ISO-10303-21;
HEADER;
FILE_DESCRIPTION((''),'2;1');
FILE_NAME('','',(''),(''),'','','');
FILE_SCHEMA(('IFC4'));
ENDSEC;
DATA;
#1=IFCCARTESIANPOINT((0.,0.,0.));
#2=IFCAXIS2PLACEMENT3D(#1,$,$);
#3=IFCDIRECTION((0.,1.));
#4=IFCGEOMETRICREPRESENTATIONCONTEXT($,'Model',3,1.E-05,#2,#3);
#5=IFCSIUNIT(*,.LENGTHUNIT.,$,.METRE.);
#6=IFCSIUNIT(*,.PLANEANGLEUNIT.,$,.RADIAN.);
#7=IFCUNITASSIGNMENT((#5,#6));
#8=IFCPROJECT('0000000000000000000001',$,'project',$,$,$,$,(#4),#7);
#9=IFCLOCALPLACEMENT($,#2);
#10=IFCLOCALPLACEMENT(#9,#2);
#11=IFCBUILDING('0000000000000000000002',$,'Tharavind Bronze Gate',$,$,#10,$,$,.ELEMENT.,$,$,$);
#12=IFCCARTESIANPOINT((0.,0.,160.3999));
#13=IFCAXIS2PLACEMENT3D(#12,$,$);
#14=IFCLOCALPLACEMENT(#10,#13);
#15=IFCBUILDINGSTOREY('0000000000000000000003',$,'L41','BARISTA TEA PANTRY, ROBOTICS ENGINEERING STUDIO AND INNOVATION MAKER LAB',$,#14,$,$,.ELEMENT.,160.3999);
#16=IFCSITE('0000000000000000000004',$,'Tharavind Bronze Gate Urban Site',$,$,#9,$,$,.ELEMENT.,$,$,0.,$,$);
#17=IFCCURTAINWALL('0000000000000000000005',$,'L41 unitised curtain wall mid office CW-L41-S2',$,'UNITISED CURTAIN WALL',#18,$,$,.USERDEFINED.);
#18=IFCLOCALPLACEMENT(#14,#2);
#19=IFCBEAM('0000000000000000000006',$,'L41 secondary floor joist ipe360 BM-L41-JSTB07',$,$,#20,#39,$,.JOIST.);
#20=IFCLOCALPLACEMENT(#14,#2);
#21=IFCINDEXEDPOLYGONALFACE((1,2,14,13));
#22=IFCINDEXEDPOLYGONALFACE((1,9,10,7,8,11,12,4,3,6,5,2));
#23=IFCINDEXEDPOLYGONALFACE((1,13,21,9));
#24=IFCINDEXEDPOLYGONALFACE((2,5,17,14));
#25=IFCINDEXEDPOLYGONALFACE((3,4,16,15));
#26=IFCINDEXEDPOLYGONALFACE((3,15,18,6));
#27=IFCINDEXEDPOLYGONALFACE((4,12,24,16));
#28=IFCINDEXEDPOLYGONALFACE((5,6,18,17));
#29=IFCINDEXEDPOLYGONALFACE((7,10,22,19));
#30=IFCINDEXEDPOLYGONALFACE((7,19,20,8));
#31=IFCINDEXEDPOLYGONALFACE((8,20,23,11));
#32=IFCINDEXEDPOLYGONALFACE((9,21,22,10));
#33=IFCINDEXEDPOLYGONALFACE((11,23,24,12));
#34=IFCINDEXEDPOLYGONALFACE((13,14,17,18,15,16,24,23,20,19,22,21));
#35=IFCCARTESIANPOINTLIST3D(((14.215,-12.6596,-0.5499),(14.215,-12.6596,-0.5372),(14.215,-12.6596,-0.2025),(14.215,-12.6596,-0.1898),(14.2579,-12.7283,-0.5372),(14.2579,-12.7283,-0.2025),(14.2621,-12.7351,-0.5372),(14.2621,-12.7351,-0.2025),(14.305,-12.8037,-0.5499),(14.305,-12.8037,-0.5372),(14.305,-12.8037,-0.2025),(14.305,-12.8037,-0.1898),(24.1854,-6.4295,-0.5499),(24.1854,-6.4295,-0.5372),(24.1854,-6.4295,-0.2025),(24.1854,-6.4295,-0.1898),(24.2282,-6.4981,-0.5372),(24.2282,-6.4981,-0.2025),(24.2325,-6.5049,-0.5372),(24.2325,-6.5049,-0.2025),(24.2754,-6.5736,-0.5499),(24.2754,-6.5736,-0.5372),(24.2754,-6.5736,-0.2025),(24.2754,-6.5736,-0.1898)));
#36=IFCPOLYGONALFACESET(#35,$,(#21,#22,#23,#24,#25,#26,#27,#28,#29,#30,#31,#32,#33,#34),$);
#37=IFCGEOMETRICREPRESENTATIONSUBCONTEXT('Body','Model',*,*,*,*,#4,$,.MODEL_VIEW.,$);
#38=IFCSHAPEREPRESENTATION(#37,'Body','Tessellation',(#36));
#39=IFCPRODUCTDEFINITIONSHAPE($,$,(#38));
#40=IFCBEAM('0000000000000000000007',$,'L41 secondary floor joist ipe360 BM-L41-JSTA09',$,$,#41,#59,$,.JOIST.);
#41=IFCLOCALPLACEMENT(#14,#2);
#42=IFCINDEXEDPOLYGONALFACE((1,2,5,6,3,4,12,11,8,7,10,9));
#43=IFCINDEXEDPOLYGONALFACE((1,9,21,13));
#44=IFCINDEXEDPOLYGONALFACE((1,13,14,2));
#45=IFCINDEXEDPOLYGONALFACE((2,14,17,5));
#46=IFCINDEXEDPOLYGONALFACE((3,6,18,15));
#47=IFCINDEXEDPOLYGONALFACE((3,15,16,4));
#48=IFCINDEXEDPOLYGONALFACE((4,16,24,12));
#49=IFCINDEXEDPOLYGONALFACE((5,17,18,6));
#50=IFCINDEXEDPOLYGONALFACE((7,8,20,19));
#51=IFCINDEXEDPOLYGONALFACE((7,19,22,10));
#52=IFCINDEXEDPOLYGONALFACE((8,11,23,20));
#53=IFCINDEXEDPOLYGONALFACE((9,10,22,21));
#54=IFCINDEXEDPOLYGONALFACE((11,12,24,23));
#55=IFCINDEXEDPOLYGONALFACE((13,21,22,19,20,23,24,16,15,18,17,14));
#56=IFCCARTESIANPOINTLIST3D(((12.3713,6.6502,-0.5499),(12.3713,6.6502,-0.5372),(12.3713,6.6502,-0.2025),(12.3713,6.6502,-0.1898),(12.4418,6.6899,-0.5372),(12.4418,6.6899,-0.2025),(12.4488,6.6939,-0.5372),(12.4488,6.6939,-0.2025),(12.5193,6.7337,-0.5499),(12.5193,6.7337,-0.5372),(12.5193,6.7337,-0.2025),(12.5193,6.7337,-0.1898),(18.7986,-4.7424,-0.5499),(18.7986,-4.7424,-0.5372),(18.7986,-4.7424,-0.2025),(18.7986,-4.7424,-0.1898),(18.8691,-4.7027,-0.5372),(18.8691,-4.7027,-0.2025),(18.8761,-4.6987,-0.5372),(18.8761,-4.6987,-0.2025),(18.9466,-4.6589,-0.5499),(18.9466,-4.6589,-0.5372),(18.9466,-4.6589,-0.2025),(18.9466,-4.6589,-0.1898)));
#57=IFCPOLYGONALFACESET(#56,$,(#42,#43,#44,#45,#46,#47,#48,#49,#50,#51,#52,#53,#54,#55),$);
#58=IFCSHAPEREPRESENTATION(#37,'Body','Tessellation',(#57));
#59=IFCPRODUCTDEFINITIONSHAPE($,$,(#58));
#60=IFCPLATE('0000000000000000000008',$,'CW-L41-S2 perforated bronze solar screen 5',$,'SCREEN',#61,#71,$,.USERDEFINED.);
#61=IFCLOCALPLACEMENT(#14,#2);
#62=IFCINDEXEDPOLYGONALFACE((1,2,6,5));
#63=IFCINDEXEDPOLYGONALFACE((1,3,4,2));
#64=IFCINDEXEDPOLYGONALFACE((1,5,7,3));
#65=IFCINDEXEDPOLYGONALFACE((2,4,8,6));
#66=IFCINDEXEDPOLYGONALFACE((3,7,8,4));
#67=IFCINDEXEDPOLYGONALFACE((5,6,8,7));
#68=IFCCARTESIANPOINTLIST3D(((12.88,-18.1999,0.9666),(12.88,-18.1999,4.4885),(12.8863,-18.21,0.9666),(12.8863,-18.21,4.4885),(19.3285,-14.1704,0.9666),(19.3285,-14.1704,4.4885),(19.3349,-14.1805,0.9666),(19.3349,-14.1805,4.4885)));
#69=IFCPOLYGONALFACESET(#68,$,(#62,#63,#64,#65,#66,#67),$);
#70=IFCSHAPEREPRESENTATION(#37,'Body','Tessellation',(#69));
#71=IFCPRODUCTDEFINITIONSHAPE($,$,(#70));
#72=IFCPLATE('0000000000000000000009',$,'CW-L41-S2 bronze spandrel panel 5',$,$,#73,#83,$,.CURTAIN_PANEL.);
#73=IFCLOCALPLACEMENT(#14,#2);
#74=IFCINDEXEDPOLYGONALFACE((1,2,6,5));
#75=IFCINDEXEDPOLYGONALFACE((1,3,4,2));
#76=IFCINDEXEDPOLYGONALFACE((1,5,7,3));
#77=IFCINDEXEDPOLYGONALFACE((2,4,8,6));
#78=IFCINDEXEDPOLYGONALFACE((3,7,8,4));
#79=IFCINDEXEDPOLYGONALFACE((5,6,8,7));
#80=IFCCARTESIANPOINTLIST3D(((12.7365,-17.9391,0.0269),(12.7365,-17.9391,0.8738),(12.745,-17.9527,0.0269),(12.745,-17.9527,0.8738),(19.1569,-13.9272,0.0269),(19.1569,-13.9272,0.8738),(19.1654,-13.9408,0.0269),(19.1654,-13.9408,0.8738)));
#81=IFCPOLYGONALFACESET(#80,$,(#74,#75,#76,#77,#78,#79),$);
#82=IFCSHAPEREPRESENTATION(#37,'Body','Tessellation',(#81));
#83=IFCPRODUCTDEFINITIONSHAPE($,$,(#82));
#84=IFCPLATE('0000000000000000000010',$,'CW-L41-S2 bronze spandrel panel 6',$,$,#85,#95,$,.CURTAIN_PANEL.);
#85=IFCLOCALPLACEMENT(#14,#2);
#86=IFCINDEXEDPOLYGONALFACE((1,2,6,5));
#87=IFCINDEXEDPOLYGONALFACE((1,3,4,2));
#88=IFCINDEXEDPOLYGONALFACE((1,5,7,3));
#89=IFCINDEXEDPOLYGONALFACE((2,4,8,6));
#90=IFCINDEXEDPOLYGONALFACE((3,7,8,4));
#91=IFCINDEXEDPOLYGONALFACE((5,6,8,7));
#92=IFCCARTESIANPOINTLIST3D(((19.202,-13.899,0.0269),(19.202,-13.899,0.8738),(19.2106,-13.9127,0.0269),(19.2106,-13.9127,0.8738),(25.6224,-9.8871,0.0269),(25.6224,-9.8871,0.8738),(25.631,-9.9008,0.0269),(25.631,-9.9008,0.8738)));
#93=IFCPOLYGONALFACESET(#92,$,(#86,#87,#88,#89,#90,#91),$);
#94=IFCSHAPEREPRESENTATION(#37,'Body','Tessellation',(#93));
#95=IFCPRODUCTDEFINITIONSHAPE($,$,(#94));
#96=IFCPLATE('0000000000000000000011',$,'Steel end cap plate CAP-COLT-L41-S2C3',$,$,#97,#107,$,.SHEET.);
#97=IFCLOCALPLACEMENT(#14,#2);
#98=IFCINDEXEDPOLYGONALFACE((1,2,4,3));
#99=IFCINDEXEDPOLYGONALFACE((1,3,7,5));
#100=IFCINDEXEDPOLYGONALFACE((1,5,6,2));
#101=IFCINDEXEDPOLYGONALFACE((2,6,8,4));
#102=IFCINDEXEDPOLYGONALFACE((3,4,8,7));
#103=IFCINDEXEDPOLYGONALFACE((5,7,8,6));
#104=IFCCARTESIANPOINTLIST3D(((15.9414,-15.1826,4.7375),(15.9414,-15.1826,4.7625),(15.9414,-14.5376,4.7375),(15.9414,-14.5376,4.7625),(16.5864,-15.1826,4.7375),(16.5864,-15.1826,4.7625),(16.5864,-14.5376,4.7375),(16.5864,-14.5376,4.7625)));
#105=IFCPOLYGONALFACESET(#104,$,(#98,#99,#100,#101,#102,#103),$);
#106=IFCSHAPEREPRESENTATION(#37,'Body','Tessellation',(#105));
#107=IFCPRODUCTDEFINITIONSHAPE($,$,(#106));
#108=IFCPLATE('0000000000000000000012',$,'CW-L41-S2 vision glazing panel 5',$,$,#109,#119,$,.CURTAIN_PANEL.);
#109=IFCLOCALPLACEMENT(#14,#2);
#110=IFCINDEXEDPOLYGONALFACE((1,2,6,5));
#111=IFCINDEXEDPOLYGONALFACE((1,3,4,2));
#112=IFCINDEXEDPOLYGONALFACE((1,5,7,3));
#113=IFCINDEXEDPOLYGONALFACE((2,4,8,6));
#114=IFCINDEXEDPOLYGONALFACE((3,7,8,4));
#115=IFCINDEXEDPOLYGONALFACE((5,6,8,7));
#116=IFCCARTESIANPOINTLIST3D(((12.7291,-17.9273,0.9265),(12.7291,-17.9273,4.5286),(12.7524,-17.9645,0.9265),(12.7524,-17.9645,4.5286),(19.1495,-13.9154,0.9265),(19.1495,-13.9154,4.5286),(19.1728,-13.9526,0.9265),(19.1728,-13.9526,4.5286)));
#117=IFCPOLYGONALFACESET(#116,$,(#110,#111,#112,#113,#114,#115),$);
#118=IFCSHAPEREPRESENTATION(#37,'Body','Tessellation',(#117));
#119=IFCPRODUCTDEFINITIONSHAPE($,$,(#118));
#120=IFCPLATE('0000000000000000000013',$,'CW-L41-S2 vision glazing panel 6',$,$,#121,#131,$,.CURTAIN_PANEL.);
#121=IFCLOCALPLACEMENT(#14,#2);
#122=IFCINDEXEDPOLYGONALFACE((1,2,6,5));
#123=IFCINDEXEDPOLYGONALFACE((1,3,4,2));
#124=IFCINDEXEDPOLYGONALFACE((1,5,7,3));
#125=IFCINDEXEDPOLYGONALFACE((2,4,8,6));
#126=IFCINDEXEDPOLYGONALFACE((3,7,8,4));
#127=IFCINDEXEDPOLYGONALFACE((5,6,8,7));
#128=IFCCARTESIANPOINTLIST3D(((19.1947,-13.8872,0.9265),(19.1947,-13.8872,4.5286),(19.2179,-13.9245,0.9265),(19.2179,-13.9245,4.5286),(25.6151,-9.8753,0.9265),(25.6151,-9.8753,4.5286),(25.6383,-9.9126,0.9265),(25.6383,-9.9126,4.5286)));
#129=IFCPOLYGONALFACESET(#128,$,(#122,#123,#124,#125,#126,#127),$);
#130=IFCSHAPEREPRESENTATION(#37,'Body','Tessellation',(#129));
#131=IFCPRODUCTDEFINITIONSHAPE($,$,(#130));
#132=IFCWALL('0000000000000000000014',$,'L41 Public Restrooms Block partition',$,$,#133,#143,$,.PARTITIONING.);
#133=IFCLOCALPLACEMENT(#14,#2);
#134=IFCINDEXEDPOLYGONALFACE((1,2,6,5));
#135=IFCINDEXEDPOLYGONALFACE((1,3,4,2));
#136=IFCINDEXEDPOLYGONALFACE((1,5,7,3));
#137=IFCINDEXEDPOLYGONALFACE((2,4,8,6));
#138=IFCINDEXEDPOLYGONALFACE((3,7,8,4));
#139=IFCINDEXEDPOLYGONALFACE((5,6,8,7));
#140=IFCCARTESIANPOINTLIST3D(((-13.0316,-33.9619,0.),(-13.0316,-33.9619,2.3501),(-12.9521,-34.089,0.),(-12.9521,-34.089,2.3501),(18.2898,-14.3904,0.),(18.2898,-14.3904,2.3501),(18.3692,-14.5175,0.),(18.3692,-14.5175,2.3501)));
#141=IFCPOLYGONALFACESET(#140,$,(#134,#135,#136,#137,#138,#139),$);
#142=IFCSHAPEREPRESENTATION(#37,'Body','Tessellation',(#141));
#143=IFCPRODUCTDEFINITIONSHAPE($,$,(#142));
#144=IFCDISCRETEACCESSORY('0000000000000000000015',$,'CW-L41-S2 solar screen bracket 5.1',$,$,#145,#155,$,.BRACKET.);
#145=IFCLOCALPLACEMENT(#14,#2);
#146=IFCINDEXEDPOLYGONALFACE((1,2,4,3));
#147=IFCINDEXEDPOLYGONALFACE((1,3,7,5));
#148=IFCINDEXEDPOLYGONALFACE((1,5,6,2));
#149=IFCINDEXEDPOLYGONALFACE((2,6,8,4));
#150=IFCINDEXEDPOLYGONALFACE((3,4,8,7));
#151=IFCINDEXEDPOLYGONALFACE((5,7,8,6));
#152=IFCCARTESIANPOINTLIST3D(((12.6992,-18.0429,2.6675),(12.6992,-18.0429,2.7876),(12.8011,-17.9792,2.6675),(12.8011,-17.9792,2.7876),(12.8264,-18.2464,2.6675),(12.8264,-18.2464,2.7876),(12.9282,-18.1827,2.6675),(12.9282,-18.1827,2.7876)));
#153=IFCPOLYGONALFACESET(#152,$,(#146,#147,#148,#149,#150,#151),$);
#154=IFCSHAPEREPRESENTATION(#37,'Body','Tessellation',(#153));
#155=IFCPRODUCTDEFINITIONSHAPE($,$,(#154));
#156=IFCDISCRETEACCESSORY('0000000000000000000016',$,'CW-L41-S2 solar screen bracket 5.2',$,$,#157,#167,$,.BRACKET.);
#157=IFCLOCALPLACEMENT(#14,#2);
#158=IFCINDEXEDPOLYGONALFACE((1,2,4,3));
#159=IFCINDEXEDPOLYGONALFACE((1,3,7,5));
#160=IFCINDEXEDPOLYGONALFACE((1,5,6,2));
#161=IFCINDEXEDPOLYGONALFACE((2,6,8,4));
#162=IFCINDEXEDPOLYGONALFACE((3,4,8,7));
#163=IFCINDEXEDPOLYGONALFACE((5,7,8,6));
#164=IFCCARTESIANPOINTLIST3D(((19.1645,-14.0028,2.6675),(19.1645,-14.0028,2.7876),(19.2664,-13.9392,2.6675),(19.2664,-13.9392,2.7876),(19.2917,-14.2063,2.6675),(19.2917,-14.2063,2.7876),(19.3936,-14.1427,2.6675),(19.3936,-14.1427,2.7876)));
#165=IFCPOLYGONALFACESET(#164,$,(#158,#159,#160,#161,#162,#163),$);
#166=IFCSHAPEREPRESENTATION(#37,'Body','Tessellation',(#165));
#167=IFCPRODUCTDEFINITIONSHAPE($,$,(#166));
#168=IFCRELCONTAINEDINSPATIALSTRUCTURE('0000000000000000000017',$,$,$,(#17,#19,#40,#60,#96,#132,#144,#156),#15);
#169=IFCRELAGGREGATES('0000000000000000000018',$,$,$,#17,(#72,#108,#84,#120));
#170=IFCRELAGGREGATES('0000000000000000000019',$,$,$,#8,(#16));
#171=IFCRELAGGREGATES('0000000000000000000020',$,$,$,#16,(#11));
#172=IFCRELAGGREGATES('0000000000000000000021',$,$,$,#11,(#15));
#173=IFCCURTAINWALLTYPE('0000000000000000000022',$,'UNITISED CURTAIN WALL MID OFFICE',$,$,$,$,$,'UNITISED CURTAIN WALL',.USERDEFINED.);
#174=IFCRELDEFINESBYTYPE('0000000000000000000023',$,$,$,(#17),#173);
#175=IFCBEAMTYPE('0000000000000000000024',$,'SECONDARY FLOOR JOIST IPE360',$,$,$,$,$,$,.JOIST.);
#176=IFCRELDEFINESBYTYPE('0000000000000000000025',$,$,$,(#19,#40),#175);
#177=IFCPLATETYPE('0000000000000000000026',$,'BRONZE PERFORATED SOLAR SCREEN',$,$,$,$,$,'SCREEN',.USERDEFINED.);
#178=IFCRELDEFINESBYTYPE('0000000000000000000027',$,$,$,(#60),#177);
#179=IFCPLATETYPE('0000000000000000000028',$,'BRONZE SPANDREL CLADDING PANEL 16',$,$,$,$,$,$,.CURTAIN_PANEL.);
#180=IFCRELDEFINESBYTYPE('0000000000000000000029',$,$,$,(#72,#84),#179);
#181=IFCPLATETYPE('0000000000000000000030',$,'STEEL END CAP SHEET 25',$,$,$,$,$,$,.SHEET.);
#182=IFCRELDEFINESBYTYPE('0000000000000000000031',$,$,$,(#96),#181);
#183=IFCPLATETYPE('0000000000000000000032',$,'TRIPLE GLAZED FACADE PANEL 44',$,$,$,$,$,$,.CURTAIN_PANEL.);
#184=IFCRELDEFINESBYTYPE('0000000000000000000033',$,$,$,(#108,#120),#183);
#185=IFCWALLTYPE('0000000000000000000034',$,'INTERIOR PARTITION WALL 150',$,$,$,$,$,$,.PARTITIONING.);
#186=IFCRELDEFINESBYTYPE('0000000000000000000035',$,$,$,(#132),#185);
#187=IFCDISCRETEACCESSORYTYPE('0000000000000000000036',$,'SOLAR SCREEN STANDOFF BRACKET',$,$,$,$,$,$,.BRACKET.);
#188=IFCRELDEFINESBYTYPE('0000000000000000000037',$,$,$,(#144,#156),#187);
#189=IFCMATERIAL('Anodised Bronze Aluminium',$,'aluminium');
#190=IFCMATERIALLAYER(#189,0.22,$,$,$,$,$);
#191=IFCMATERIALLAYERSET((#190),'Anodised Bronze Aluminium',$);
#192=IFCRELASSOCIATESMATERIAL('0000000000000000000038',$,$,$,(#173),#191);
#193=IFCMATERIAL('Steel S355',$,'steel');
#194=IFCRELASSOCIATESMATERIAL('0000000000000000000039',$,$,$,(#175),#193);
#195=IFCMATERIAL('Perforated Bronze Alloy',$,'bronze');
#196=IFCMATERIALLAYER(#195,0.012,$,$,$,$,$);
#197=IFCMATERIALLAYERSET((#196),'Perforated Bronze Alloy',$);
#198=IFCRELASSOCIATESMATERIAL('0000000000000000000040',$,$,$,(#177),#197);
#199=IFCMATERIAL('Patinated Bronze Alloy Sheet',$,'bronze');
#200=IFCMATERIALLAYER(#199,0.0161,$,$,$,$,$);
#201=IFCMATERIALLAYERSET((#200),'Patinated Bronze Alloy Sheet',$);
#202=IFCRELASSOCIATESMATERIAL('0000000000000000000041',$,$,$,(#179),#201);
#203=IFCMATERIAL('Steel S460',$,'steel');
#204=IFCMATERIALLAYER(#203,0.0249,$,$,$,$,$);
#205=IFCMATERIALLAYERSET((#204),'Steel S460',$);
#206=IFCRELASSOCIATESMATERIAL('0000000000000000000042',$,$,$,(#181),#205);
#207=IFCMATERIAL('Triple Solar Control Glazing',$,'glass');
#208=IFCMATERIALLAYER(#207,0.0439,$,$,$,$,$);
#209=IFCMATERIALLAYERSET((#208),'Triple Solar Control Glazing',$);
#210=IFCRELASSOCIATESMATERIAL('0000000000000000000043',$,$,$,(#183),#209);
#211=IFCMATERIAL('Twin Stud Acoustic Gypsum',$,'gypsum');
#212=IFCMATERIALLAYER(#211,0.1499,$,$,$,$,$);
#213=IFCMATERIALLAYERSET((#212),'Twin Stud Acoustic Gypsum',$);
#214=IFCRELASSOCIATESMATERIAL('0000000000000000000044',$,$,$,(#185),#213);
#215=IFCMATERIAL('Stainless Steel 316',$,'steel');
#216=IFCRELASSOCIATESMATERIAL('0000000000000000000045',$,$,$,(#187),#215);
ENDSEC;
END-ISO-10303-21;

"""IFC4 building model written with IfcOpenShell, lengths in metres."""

from ifc_helpers import new_model, si_unit, direction, frame, frame_2d, origin, origin_2d, place, context, subcontext, project, spatial, rectangle, i_section, extrude, material, layer, layer_set, material_profile, profile_set, type_object, element, aggregate, save


model = new_model("IFC4")

# Units and contexts
model_context = context("Model", 3, precision=1e-05, world=origin(), true_north=direction((0.0, 1.0)))
body_context = subcontext(model_context, "Body", "Model", "MODEL_VIEW")
ifc_project = project(units=[si_unit("LENGTHUNIT", "METRE"), si_unit("PLANEANGLEUNIT", "RADIAN")], contexts=[model_context])

# Site, building, storey
site_placement = place(None, origin())
site = spatial("IfcSite", under=ifc_project, at=site_placement, Name="Tharavind Bronze Gate Urban Site", CompositionType="ELEMENT", RefElevation=0.0)
building_placement = place(site_placement, origin())
building = spatial("IfcBuilding", under=site, at=building_placement, Name="Tharavind Bronze Gate", CompositionType="ELEMENT")
storey_placement = place(building_placement, frame((0.0, 0.0, 160.3999)))
storey = spatial("IfcBuildingStorey", under=building, at=storey_placement, Name="L41", Description="BARISTA TEA PANTRY, ROBOTICS ENGINEERING STUDIO AND INNOVATION MAKER LAB", CompositionType="ELEMENT", Elevation=160.3999)

# Shared definitions
ifc_material_1 = material(Name="Steel S460", Category="steel")

# Curtain wall
ifc_material_2 = material(Name="Anodised Bronze Aluminium", Category="aluminium")
ifc_layer_1 = layer(ifc_material_2, 0.22)
ifc_layer_set_1 = layer_set([ifc_layer_1], Name="Anodised Bronze Aluminium")
curtain_wall_type = type_object("IfcCurtainWallType", Name="UNITISED CURTAIN WALL MID OFFICE", ElementType="UNITISED CURTAIN WALL", PredefinedType="USERDEFINED", material=ifc_layer_set_1)
curtain_wall_placement = place(storey_placement, origin())
curtain_wall = element("IfcCurtainWall", 1, at=curtain_wall_placement, inside=storey, type_object=curtain_wall_type, Name="L41 unitised curtain wall mid office CW-L41-S2", ObjectType="UNITISED CURTAIN WALL", PredefinedType="USERDEFINED")

# Beams
ifc_material_3 = material(Name="Steel S355", Category="steel")
ifc_material_profile_1 = material_profile(ifc_material_3, i_section(OverallWidth=0.1699, OverallDepth=0.3601, WebThickness=0.0081, FlangeThickness=0.0127, at=origin_2d()), Name="IPE360")
ifc_profile_set_1 = profile_set([ifc_material_profile_1], Name="Steel S355")
beam_type_1 = type_object("IfcBeamType", Name="SECONDARY FLOOR JOIST IPE360", PredefinedType="JOIST", material=ifc_profile_set_1)
beam_1_placement = place(storey_placement, frame((14.26, -12.7317, -0.3699), z_axis=(0.848048, 0.529919, 0.0), x_axis=(-0.529919, 0.848048, 0.0)))
element("IfcBeam", 2, at=beam_1_placement, inside=storey, type_object=beam_type_1, Name="L41 secondary floor joist ipe360 BM-L41-JSTB07", PredefinedType="JOIST", context=body_context, shape_type="SweptSolid", body=[
    extrude(i_section(OverallWidth=0.1699, OverallDepth=0.3601, WebThickness=0.0081, FlangeThickness=0.0127, at=origin_2d()), origin(), (0.0, 0.0, 1.0), 11.7568),
])
beam_2_placement = place(storey_placement, frame((18.8726, -4.7007, -0.3699), z_axis=(-0.49136, 0.870957, 0.0), x_axis=(-0.870957, -0.49136, 0.0)))
element("IfcBeam", 3, at=beam_2_placement, inside=storey, type_object=beam_type_1, Name="L41 secondary floor joist ipe360 BM-L41-JSTA09", PredefinedType="JOIST", context=body_context, shape_type="SweptSolid", body=[
    extrude(i_section(OverallWidth=0.1699, OverallDepth=0.3601, WebThickness=0.0081, FlangeThickness=0.0127, at=origin_2d()), origin(), (0.0, 0.0, 1.0), 13.0806),
])

# Plates
ifc_material_4 = material(Name="Perforated Bronze Alloy", Category="bronze")
ifc_layer_2 = layer(ifc_material_4, 0.012)
ifc_layer_set_2 = layer_set([ifc_layer_2], Name="Perforated Bronze Alloy")
plate_type_1 = type_object("IfcPlateType", Name="BRONZE PERFORATED SOLAR SCREEN", ElementType="SCREEN", PredefinedType="USERDEFINED", material=ifc_layer_set_2)
plate_1_placement = place(storey_placement, frame((16.1074, -16.1902, 0.9666), z_axis=(0.0, 0.0, 1.0), x_axis=(0.848048, 0.529919, 0.0)))
element("IfcPlate", 4, at=plate_1_placement, inside=storey, type_object=plate_type_1, Name="CW-L41-S2 perforated bronze solar screen 5", ObjectType="SCREEN", PredefinedType="USERDEFINED", context=body_context, shape_type="SweptSolid", body=[
    extrude(rectangle(XDim=7.604, YDim=0.012, at=origin_2d()), origin(), (0.0, 0.0, 1.0), 3.522),
])
ifc_material_5 = material(Name="Patinated Bronze Alloy Sheet", Category="bronze")
ifc_layer_3 = layer(ifc_material_5, 0.0161)
ifc_layer_set_3 = layer_set([ifc_layer_3], Name="Patinated Bronze Alloy Sheet")
plate_type_2 = type_object("IfcPlateType", Name="BRONZE SPANDREL CLADDING PANEL 16", PredefinedType="CURTAIN_PANEL", material=ifc_layer_set_3)
plate_2_placement = place(storey_placement, frame((15.9509, -15.9399, 0.0269), z_axis=(0.0, 0.0, 1.0), x_axis=(0.848048, 0.529919, 0.0)))
plate_2 = element("IfcPlate", 5, at=plate_2_placement, type_object=plate_type_2, Name="CW-L41-S2 bronze spandrel panel 5", PredefinedType="CURTAIN_PANEL", context=body_context, shape_type="SweptSolid", body=[
    extrude(rectangle(XDim=7.5708, YDim=0.0161, at=origin_2d()), origin(), (0.0, 0.0, 1.0), 0.8469),
])
plate_3_placement = place(storey_placement, frame((22.4165, -11.8999, 0.0269), z_axis=(0.0, 0.0, 1.0), x_axis=(0.848048, 0.529919, 0.0)))
plate_3 = element("IfcPlate", 6, at=plate_3_placement, type_object=plate_type_2, Name="CW-L41-S2 bronze spandrel panel 6", PredefinedType="CURTAIN_PANEL", context=body_context, shape_type="SweptSolid", body=[
    extrude(rectangle(XDim=7.5708, YDim=0.0161, at=origin_2d()), origin(), (0.0, 0.0, 1.0), 0.8469),
])
ifc_layer_4 = layer(ifc_material_1, 0.0249)
ifc_layer_set_4 = layer_set([ifc_layer_4], Name="Steel S460")
plate_type_3 = type_object("IfcPlateType", Name="STEEL END CAP SHEET 25", PredefinedType="SHEET", material=ifc_layer_set_4)
plate_4_placement = place(storey_placement, frame((16.2639, -14.8601, 4.7375), z_axis=(0.0, 0.0, 1.0), x_axis=(1.0, 0.0, 0.0)))
element("IfcPlate", 7, at=plate_4_placement, inside=storey, type_object=plate_type_3, Name="Steel end cap plate CAP-COLT-L41-S2C3", PredefinedType="SHEET", context=body_context, shape_type="SweptSolid", body=[
    extrude(rectangle(XDim=0.645, YDim=0.645, at=origin_2d()), origin(), (0.0, 0.0, 1.0), 0.0249),
])
ifc_material_6 = material(Name="Triple Solar Control Glazing", Category="glass")
ifc_layer_5 = layer(ifc_material_6, 0.0439)
ifc_layer_set_5 = layer_set([ifc_layer_5], Name="Triple Solar Control Glazing")
plate_type_4 = type_object("IfcPlateType", Name="TRIPLE GLAZED FACADE PANEL 44", PredefinedType="CURTAIN_PANEL", material=ifc_layer_set_5)
plate_5_placement = place(storey_placement, frame((15.9509, -15.9399, 0.9265), z_axis=(0.0, 0.0, 1.0), x_axis=(0.848048, 0.529919, 0.0)))
plate_5 = element("IfcPlate", 8, at=plate_5_placement, type_object=plate_type_4, Name="CW-L41-S2 vision glazing panel 5", PredefinedType="CURTAIN_PANEL", context=body_context, shape_type="SweptSolid", body=[
    extrude(rectangle(XDim=7.5708, YDim=0.0439, at=origin_2d()), origin(), (0.0, 0.0, 1.0), 3.6021),
])
plate_6_placement = place(storey_placement, frame((22.4165, -11.8999, 0.9265), z_axis=(0.0, 0.0, 1.0), x_axis=(0.848048, 0.529919, 0.0)))
plate_6 = element("IfcPlate", 9, at=plate_6_placement, type_object=plate_type_4, Name="CW-L41-S2 vision glazing panel 6", PredefinedType="CURTAIN_PANEL", context=body_context, shape_type="SweptSolid", body=[
    extrude(rectangle(XDim=7.5708, YDim=0.0439, at=origin_2d()), origin(), (0.0, 0.0, 1.0), 3.6021),
])
aggregate(curtain_wall, [plate_2, plate_5, plate_3, plate_6])

# Wall
ifc_material_7 = material(Name="Twin Stud Acoustic Gypsum", Category="gypsum")
ifc_layer_6 = layer(ifc_material_7, 0.1499)
ifc_layer_set_6 = layer_set([ifc_layer_6], Name="Twin Stud Acoustic Gypsum")
wall_type = type_object("IfcWallType", Name="INTERIOR PARTITION WALL 150", PredefinedType="PARTITIONING", material=ifc_layer_set_6)
wall_placement = place(storey_placement, frame((18.3296, -14.4539, 0.0), z_axis=(0.0, 0.0, 1.0), x_axis=(-0.84805, -0.529916, 0.0)))
element("IfcWall", 10, at=wall_placement, inside=storey, type_object=wall_type, Name="L41 Public Restrooms Block partition", PredefinedType="PARTITIONING", context=body_context, shape_type="SweptSolid", body=[
    extrude(rectangle(XDim=36.9333, YDim=0.1499, at=frame_2d((18.4668, 0.0))), origin(), (0.0, 0.0, 1.0), 2.3501),
])

# Discrete accessories
ifc_material_8 = material(Name="Stainless Steel 316", Category="steel")
discrete_accessory_type = type_object("IfcDiscreteAccessoryType", Name="SOLAR SCREEN STANDOFF BRACKET", PredefinedType="BRACKET", material=ifc_material_8)
for number, where, z_axis, x_axis, name in (
    (11, (12.8137, -18.1128, 2.6675), (0.0, 0.0, 1.0), (0.848048, 0.529919, 0.0), "CW-L41-S2 solar screen bracket 5.1"),
    (12, (19.2791, -14.0728, 2.6675), (0.0, 0.0, 1.0), (0.848048, 0.529919, 0.0), "CW-L41-S2 solar screen bracket 5.2"),
):
    element("IfcDiscreteAccessory", number, at=place(storey_placement, frame(where, z_axis=z_axis, x_axis=x_axis)), inside=storey, type_object=discrete_accessory_type, Name=name, PredefinedType="BRACKET", context=body_context, shape_type="SweptSolid", body=[
        extrude(rectangle(XDim=0.1201, YDim=0.24, at=origin_2d()), origin(), (0.0, 0.0, 1.0), 0.1201),
    ])

save(model, "model.ifc")
